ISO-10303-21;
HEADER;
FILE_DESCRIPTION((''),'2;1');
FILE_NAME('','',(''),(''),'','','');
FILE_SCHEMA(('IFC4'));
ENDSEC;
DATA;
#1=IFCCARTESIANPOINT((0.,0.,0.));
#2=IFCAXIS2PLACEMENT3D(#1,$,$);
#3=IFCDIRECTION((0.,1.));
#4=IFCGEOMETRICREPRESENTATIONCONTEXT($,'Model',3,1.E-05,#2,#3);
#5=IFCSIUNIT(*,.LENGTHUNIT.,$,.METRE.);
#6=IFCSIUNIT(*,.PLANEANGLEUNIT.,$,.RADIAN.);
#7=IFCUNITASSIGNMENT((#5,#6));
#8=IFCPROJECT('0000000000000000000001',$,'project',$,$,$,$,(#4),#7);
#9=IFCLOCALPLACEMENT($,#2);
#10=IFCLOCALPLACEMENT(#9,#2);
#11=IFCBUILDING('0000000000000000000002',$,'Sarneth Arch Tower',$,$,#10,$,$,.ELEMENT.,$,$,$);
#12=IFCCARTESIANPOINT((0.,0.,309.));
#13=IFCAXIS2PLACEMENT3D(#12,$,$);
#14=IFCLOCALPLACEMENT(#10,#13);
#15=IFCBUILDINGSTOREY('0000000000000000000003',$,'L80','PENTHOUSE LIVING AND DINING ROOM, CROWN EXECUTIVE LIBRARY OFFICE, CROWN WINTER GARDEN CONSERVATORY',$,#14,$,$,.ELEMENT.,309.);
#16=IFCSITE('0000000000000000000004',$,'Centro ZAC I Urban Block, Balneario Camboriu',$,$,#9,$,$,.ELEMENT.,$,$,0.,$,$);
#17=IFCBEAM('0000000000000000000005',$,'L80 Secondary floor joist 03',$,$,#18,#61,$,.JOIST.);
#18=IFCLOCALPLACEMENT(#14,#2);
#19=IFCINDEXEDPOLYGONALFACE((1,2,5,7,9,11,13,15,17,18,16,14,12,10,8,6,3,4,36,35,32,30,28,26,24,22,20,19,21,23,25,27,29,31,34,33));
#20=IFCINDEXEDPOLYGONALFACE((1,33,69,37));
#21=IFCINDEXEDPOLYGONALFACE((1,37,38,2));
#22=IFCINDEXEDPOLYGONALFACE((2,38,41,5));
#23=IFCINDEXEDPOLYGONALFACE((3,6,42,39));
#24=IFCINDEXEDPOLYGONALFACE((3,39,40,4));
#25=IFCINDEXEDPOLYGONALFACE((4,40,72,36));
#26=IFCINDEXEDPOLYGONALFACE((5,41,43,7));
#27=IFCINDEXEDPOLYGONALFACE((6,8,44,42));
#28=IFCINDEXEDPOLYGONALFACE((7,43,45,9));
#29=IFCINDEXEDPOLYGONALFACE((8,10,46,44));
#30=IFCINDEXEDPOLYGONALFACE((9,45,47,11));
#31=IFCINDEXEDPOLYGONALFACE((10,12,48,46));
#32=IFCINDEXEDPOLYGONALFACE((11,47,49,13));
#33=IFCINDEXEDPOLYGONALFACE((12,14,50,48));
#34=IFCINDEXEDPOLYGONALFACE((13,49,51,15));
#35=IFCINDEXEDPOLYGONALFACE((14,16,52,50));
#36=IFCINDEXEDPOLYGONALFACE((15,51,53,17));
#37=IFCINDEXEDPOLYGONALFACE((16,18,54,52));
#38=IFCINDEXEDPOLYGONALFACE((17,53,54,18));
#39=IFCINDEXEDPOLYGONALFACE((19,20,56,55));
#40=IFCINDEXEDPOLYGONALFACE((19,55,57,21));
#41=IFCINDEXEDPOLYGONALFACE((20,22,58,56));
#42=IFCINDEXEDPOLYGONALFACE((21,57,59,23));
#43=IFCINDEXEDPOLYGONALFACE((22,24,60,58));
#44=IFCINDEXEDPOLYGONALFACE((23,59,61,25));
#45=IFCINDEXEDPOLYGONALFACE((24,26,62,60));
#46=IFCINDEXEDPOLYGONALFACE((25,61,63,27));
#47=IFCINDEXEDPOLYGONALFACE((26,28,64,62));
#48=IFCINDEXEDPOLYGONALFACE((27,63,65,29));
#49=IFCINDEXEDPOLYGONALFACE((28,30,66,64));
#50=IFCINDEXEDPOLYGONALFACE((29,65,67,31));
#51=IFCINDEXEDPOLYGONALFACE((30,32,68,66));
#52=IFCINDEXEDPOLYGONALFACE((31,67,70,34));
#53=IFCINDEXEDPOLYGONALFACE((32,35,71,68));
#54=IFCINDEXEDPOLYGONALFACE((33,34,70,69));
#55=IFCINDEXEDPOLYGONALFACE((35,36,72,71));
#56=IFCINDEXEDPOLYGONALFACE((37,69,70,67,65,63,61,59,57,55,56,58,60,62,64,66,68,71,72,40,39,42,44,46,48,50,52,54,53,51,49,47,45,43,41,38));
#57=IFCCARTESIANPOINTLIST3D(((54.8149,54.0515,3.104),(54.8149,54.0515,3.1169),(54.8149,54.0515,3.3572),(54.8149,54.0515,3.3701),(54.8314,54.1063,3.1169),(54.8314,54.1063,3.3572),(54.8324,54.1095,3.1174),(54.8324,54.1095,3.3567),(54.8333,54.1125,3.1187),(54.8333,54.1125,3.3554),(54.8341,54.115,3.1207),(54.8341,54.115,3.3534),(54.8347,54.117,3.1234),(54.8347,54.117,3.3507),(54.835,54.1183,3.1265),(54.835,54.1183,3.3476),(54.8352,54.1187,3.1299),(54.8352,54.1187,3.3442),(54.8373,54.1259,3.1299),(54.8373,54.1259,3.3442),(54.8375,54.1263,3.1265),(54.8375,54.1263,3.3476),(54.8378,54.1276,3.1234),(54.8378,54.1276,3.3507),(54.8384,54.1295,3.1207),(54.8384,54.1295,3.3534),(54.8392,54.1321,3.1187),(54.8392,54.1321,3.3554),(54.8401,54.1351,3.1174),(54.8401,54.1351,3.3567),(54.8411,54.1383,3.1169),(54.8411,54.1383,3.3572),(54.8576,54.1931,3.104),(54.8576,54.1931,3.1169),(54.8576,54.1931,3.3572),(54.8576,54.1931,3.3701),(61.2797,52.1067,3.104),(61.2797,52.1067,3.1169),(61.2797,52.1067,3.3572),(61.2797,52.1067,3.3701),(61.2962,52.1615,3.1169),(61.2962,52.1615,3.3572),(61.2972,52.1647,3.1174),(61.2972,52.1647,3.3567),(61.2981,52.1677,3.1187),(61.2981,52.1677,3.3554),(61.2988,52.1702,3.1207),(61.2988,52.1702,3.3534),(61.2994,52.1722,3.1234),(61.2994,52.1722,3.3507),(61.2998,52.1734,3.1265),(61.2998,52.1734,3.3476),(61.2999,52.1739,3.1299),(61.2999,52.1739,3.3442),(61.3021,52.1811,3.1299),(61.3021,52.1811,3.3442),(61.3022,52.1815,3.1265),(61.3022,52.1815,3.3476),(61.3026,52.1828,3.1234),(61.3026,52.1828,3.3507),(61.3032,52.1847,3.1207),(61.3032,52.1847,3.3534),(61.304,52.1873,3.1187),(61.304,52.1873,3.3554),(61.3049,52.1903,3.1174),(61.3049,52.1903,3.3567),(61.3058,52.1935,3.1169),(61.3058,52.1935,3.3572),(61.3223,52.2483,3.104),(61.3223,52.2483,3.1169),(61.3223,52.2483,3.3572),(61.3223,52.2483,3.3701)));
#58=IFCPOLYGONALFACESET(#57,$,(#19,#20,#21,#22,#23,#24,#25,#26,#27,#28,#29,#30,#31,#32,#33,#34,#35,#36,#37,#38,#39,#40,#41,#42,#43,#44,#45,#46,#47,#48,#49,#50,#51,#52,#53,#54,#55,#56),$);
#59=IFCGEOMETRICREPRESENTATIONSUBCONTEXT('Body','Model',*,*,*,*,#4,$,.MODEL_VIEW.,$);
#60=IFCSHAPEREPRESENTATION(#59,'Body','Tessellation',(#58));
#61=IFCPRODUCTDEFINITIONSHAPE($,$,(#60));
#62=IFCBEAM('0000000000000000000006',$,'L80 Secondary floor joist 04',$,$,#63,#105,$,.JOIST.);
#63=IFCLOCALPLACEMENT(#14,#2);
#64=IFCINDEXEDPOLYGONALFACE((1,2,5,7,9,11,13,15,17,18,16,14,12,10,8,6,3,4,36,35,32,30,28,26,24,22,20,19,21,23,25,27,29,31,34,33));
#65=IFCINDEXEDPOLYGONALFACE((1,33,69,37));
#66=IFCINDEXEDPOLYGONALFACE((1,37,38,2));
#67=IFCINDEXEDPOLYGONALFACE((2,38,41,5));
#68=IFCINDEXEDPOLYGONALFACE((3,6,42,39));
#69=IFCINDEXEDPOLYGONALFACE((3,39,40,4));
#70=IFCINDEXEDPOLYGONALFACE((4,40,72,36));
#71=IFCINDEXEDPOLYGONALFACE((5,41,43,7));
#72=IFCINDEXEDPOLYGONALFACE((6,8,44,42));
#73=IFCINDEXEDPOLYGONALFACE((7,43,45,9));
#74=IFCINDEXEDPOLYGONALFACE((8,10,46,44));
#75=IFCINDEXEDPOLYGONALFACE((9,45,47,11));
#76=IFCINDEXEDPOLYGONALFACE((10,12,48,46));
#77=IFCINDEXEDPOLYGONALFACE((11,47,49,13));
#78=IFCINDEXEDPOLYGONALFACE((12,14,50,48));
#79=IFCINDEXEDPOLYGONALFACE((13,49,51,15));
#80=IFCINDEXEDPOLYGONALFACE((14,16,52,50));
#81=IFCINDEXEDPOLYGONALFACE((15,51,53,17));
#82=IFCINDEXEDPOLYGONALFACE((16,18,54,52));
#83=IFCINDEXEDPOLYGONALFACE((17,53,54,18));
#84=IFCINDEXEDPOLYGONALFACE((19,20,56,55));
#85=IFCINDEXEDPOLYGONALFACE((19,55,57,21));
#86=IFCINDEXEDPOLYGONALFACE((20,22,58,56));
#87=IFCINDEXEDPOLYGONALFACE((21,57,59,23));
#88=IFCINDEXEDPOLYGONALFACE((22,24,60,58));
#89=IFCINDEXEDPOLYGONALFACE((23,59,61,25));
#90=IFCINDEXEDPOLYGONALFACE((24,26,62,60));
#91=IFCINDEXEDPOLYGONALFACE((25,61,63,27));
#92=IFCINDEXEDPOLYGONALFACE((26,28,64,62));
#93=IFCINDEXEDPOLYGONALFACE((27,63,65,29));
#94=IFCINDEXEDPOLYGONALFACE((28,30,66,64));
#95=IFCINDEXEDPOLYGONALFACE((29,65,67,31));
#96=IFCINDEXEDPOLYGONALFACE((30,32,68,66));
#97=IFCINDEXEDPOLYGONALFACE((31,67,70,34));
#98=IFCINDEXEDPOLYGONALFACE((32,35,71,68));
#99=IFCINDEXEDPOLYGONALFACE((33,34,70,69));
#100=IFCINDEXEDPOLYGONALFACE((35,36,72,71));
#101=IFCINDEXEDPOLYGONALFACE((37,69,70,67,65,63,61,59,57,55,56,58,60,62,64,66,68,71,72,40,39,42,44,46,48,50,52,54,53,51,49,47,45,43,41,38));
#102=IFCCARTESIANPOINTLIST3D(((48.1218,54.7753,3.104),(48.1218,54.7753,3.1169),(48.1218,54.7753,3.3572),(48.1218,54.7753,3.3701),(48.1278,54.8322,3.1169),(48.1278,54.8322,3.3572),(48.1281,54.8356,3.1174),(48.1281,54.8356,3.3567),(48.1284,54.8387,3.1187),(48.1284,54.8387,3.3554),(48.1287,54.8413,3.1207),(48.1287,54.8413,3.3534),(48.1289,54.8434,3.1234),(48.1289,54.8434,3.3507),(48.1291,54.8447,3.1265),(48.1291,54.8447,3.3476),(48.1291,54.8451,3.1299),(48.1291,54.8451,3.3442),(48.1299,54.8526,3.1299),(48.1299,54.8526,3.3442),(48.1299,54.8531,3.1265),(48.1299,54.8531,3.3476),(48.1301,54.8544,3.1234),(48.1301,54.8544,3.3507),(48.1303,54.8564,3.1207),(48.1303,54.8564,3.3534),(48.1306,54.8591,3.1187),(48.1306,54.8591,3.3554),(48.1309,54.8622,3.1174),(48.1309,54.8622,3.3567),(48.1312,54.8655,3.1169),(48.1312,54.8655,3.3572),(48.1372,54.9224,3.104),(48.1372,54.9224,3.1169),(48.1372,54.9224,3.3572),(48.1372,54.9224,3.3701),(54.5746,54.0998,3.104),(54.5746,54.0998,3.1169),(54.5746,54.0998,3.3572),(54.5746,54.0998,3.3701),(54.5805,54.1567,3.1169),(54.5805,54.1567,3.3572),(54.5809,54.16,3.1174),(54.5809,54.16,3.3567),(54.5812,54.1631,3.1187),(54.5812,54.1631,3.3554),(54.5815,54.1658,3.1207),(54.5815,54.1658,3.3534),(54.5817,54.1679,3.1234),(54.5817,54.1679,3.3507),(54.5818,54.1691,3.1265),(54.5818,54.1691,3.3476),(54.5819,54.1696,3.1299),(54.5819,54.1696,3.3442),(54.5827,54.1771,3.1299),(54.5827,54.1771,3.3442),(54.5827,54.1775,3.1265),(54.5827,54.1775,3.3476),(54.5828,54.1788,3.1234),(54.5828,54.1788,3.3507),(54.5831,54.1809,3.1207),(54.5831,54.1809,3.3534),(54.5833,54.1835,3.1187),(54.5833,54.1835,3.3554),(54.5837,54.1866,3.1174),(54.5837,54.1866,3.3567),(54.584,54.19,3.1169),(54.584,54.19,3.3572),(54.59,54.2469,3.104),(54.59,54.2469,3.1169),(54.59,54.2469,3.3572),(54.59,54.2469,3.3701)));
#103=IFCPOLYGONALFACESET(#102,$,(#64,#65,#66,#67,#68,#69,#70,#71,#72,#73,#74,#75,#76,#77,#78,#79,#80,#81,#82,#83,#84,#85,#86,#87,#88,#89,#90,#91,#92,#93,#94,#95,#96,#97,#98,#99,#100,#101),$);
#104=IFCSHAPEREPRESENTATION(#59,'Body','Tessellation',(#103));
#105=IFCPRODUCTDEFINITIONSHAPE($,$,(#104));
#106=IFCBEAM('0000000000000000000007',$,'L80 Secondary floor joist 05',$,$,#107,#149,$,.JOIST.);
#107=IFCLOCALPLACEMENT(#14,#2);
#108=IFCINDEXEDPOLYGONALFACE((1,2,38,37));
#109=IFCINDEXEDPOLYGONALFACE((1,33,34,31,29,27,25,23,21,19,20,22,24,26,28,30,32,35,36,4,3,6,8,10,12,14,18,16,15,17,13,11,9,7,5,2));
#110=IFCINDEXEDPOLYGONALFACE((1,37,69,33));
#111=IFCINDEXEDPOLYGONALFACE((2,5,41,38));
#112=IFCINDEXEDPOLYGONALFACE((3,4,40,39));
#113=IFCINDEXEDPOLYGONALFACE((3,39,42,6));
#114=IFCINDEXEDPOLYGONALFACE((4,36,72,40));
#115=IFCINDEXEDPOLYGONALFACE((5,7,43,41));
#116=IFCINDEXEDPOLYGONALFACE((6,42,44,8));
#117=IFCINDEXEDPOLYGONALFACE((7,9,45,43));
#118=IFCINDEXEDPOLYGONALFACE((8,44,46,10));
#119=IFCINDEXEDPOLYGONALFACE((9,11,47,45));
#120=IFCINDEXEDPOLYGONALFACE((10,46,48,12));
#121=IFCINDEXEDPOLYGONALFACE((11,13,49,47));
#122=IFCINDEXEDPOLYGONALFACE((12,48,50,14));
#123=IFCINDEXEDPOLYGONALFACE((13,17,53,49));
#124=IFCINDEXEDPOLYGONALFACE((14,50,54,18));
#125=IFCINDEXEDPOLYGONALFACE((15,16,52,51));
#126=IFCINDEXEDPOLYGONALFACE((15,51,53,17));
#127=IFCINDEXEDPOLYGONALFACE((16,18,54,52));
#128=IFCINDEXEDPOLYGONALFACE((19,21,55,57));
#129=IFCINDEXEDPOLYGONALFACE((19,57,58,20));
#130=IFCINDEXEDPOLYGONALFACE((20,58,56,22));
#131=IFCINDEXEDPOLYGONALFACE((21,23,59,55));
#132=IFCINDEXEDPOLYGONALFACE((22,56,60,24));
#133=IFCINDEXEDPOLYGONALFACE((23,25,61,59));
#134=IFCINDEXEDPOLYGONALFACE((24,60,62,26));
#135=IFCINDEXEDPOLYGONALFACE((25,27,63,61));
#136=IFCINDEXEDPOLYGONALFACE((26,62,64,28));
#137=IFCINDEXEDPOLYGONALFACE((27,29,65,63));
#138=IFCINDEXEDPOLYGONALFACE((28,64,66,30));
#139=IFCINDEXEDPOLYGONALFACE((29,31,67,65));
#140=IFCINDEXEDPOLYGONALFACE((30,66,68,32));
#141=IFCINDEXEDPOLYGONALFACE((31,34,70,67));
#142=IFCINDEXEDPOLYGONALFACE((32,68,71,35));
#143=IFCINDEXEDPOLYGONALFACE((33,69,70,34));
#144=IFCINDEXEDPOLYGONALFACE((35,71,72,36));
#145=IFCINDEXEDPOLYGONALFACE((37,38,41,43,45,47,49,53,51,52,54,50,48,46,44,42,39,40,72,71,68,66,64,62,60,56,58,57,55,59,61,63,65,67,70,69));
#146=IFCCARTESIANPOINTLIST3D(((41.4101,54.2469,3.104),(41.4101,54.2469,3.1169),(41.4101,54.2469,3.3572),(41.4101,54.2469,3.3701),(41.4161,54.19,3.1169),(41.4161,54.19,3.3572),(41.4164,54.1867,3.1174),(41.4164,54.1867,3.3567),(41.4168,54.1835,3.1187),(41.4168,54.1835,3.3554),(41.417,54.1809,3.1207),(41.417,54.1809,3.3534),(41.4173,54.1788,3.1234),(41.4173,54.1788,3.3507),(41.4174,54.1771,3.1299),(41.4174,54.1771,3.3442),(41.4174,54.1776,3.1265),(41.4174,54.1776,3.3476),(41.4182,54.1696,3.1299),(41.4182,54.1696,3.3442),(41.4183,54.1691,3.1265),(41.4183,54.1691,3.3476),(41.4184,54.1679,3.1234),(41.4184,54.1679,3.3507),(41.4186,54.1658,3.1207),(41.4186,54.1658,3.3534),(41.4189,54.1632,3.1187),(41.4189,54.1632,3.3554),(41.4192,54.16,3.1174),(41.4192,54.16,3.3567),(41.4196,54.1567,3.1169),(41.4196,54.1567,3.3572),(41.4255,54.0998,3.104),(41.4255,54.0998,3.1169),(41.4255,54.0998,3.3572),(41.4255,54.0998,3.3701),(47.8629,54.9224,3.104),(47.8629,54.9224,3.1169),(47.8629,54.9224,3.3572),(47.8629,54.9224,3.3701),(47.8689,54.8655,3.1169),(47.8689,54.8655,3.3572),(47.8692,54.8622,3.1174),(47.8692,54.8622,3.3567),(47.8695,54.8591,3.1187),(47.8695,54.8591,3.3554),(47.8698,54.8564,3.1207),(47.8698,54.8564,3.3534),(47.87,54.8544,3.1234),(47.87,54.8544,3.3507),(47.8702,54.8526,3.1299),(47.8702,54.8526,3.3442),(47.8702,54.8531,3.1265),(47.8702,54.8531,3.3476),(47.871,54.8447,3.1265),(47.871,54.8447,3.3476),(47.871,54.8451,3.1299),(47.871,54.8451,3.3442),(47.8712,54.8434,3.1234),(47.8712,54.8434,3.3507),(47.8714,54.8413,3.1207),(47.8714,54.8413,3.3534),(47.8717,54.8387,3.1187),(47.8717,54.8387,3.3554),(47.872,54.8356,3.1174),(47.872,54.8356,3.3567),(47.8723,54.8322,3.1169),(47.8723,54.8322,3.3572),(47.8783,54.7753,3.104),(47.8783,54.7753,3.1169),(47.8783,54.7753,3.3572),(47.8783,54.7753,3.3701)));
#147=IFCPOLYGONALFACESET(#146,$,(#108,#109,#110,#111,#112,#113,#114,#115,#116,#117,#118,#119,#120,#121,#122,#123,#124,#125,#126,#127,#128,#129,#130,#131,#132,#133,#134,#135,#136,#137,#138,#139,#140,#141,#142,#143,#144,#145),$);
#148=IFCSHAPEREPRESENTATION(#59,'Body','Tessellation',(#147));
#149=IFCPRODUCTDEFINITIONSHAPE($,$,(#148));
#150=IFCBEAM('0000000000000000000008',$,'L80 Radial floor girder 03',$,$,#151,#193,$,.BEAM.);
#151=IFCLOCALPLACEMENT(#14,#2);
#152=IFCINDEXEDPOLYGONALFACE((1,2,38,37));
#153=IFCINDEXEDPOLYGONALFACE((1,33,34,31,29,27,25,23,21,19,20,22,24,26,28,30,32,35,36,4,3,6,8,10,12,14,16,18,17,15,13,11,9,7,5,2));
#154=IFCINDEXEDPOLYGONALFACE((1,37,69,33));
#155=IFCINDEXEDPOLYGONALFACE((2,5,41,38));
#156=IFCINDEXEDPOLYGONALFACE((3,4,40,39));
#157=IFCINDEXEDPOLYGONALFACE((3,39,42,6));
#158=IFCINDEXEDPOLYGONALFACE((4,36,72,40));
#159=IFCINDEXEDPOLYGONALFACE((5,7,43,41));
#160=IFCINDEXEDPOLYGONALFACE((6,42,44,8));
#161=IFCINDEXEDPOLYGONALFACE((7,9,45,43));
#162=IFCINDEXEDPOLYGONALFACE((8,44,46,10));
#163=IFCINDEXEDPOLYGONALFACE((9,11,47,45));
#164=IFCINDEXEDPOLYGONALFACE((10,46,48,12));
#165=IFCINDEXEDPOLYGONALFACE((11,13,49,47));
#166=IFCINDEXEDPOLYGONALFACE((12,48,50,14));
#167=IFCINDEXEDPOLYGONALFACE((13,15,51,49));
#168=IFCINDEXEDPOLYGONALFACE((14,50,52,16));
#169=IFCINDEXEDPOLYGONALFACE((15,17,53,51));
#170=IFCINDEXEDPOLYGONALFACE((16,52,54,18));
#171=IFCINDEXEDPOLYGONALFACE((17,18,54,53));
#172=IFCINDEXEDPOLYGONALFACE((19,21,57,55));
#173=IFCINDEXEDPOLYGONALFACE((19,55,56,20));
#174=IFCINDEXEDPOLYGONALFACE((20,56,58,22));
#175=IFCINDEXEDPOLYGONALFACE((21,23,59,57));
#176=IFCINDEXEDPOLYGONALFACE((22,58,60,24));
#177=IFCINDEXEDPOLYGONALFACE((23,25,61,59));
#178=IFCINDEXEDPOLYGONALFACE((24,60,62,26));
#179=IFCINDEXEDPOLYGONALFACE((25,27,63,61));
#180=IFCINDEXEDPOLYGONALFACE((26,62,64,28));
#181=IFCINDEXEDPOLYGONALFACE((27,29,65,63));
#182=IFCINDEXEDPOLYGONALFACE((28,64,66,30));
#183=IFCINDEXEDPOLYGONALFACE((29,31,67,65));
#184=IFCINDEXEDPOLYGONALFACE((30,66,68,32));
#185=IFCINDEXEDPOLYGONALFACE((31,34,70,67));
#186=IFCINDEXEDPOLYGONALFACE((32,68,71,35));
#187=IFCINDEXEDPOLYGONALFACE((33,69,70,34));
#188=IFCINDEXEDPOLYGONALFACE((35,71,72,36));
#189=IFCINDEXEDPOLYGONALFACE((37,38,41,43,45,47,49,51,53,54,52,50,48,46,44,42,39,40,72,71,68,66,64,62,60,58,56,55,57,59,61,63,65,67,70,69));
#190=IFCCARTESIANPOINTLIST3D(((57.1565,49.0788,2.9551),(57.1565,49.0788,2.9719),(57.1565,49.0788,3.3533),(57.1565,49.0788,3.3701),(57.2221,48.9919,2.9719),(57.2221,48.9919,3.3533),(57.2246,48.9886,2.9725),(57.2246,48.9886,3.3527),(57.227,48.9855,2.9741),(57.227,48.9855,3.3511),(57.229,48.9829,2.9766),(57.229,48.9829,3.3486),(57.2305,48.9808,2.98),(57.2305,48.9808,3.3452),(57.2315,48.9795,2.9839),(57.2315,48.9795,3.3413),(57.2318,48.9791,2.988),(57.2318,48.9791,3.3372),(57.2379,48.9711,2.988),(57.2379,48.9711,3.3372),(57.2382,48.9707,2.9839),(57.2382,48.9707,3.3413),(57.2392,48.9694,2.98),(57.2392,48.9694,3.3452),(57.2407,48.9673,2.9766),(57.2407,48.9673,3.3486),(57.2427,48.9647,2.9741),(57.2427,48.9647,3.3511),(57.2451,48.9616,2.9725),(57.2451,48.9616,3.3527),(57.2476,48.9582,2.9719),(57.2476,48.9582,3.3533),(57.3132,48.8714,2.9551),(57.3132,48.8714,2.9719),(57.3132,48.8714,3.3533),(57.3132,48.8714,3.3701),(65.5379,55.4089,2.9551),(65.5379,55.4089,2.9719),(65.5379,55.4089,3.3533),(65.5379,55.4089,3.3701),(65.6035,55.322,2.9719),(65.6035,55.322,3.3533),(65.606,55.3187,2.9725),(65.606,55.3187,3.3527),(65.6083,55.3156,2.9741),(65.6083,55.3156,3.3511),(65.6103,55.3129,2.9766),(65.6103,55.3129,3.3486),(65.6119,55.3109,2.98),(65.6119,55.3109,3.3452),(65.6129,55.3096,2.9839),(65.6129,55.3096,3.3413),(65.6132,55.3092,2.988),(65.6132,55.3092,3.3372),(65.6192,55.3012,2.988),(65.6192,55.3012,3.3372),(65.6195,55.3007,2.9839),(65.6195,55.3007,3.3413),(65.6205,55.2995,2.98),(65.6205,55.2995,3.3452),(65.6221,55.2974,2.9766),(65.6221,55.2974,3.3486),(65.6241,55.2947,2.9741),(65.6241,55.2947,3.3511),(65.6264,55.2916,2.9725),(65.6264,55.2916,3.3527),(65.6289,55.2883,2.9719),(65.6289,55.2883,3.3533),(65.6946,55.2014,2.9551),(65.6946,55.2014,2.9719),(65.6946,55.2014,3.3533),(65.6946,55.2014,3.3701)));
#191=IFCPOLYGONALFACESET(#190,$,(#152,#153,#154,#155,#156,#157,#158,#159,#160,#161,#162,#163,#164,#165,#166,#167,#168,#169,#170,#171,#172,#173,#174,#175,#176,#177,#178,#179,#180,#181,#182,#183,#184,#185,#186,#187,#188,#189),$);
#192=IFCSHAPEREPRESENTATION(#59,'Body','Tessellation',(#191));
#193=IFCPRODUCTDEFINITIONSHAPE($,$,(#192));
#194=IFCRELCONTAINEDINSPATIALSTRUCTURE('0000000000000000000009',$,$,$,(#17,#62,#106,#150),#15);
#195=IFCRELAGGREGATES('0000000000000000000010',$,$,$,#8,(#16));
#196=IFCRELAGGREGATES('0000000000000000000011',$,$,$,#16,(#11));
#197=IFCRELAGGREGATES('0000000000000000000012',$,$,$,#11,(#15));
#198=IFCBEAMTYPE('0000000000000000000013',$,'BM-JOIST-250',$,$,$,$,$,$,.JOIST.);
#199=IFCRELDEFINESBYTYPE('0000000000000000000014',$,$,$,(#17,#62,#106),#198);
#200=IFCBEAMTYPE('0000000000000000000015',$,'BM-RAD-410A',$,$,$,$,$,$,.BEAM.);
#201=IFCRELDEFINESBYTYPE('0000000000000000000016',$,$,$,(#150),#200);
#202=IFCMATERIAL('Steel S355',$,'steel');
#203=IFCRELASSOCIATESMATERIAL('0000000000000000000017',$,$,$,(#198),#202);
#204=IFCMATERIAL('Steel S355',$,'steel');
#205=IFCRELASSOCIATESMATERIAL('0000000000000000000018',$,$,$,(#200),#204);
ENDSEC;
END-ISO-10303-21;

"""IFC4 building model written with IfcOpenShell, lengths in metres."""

from ifc_helpers import new_model, si_unit, direction, frame, origin, origin_2d, place, context, subcontext, project, spatial, i_section, extrude, material, material_profile, profile_set, type_object, element, save


model = new_model("IFC4")

# Units and contexts
model_context = context("Model", 3, precision=1e-05, world=origin(), true_north=direction((0.0, 1.0)))
body_context = subcontext(model_context, "Body", "Model", "MODEL_VIEW")
ifc_project = project(units=[si_unit("LENGTHUNIT", "METRE"), si_unit("PLANEANGLEUNIT", "RADIAN")], contexts=[model_context])

# Site, building, storey
site_placement = place(None, origin())
site = spatial("IfcSite", under=ifc_project, at=site_placement, Name="Centro ZAC I Urban Block, Balneario Camboriu", CompositionType="ELEMENT", RefElevation=0.0)
building_placement = place(site_placement, origin())
building = spatial("IfcBuilding", under=site, at=building_placement, Name="Sarneth Arch Tower", CompositionType="ELEMENT")
storey_placement = place(building_placement, frame((0.0, 0.0, 309.0)))
storey = spatial("IfcBuildingStorey", under=building, at=storey_placement, Name="L80", Description="PENTHOUSE LIVING AND DINING ROOM, CROWN EXECUTIVE LIBRARY OFFICE, CROWN WINTER GARDEN CONSERVATORY", CompositionType="ELEMENT", Elevation=309.0)

# Beams
ifc_material_1 = material(Name="Steel S355", Category="steel")
ifc_material_profile_1 = material_profile(ifc_material_1, i_section(OverallWidth=0.1479, OverallDepth=0.2661, WebThickness=0.0076, FlangeThickness=0.0129, FilletRadius=0.0129, at=origin_2d()), Name="W250x44.8")
ifc_profile_set_1 = profile_set([ifc_material_profile_1], Name="Steel S355")
beam_type_1 = type_object("IfcBeamType", Name="BM-JOIST-250", PredefinedType="JOIST", material=ifc_profile_set_1)
beam_1_placement = place(storey_placement, frame((61.301, 52.1775, 3.2371), z_axis=(-0.957607, 0.288078, 0.0), x_axis=(-0.288078, -0.957607, 0.0)))
element("IfcBeam", 1, at=beam_1_placement, inside=storey, type_object=beam_type_1, Name="L80 Secondary floor joist 03", PredefinedType="JOIST", context=body_context, shape_type="SweptSolid", body=[
    extrude(i_section(OverallWidth=0.1479, OverallDepth=0.2661, WebThickness=0.0076, FlangeThickness=0.0129, FilletRadius=0.0129, at=origin_2d()), origin(), (0.0, 0.0, 1.0), 6.751),
])
for number, where, z_axis, x_axis, name in (
    (2, (54.5823, 54.1733, 3.2371), (-0.994565, 0.104119, 0.0), (-0.104119, -0.994565, 0.0), "L80 Secondary floor joist 04"),
    (3, (47.8706, 54.8489, 3.2371), (-0.994565, -0.104119, 0.0), (0.104119, -0.994565, 0.0), "L80 Secondary floor joist 05"),
):
    element("IfcBeam", number, at=place(storey_placement, frame(where, z_axis=z_axis, x_axis=x_axis)), inside=storey, type_object=beam_type_1, Name=name, PredefinedType="JOIST", context=body_context, shape_type="SweptSolid", body=[
        extrude(i_section(OverallWidth=0.1479, OverallDepth=0.2661, WebThickness=0.0076, FlangeThickness=0.0129, FilletRadius=0.0129, at=origin_2d()), origin(), (0.0, 0.0, 1.0), 6.488),
    ])
ifc_material_2 = material(Name="Steel S355", Category="steel")
ifc_material_profile_2 = material_profile(ifc_material_2, i_section(OverallWidth=0.26, OverallDepth=0.415, WebThickness=0.01, FlangeThickness=0.0168, FilletRadius=0.0161, at=origin_2d()), Name="W410x100")
ifc_profile_set_2 = profile_set([ifc_material_profile_2], Name="Steel S355")
beam_type_2 = type_object("IfcBeamType", Name="BM-RAD-410A", PredefinedType="BEAM", material=ifc_profile_set_2)
beam_2_placement = place(storey_placement, frame((57.2349, 48.9751, 3.1626), z_axis=(0.797982, 0.602682, 0.0), x_axis=(-0.602682, 0.797982, 0.0)))
element("IfcBeam", 4, at=beam_2_placement, inside=storey, type_object=beam_type_2, Name="L80 Radial floor girder 03", PredefinedType="BEAM", context=body_context, shape_type="SweptSolid", body=[
    extrude(i_section(OverallWidth=0.26, OverallDepth=0.415, WebThickness=0.01, FlangeThickness=0.0168, FilletRadius=0.0161, at=origin_2d()), origin(), (0.0, 0.0, 1.0), 10.5032),
])

save(model, "model.ifc")
